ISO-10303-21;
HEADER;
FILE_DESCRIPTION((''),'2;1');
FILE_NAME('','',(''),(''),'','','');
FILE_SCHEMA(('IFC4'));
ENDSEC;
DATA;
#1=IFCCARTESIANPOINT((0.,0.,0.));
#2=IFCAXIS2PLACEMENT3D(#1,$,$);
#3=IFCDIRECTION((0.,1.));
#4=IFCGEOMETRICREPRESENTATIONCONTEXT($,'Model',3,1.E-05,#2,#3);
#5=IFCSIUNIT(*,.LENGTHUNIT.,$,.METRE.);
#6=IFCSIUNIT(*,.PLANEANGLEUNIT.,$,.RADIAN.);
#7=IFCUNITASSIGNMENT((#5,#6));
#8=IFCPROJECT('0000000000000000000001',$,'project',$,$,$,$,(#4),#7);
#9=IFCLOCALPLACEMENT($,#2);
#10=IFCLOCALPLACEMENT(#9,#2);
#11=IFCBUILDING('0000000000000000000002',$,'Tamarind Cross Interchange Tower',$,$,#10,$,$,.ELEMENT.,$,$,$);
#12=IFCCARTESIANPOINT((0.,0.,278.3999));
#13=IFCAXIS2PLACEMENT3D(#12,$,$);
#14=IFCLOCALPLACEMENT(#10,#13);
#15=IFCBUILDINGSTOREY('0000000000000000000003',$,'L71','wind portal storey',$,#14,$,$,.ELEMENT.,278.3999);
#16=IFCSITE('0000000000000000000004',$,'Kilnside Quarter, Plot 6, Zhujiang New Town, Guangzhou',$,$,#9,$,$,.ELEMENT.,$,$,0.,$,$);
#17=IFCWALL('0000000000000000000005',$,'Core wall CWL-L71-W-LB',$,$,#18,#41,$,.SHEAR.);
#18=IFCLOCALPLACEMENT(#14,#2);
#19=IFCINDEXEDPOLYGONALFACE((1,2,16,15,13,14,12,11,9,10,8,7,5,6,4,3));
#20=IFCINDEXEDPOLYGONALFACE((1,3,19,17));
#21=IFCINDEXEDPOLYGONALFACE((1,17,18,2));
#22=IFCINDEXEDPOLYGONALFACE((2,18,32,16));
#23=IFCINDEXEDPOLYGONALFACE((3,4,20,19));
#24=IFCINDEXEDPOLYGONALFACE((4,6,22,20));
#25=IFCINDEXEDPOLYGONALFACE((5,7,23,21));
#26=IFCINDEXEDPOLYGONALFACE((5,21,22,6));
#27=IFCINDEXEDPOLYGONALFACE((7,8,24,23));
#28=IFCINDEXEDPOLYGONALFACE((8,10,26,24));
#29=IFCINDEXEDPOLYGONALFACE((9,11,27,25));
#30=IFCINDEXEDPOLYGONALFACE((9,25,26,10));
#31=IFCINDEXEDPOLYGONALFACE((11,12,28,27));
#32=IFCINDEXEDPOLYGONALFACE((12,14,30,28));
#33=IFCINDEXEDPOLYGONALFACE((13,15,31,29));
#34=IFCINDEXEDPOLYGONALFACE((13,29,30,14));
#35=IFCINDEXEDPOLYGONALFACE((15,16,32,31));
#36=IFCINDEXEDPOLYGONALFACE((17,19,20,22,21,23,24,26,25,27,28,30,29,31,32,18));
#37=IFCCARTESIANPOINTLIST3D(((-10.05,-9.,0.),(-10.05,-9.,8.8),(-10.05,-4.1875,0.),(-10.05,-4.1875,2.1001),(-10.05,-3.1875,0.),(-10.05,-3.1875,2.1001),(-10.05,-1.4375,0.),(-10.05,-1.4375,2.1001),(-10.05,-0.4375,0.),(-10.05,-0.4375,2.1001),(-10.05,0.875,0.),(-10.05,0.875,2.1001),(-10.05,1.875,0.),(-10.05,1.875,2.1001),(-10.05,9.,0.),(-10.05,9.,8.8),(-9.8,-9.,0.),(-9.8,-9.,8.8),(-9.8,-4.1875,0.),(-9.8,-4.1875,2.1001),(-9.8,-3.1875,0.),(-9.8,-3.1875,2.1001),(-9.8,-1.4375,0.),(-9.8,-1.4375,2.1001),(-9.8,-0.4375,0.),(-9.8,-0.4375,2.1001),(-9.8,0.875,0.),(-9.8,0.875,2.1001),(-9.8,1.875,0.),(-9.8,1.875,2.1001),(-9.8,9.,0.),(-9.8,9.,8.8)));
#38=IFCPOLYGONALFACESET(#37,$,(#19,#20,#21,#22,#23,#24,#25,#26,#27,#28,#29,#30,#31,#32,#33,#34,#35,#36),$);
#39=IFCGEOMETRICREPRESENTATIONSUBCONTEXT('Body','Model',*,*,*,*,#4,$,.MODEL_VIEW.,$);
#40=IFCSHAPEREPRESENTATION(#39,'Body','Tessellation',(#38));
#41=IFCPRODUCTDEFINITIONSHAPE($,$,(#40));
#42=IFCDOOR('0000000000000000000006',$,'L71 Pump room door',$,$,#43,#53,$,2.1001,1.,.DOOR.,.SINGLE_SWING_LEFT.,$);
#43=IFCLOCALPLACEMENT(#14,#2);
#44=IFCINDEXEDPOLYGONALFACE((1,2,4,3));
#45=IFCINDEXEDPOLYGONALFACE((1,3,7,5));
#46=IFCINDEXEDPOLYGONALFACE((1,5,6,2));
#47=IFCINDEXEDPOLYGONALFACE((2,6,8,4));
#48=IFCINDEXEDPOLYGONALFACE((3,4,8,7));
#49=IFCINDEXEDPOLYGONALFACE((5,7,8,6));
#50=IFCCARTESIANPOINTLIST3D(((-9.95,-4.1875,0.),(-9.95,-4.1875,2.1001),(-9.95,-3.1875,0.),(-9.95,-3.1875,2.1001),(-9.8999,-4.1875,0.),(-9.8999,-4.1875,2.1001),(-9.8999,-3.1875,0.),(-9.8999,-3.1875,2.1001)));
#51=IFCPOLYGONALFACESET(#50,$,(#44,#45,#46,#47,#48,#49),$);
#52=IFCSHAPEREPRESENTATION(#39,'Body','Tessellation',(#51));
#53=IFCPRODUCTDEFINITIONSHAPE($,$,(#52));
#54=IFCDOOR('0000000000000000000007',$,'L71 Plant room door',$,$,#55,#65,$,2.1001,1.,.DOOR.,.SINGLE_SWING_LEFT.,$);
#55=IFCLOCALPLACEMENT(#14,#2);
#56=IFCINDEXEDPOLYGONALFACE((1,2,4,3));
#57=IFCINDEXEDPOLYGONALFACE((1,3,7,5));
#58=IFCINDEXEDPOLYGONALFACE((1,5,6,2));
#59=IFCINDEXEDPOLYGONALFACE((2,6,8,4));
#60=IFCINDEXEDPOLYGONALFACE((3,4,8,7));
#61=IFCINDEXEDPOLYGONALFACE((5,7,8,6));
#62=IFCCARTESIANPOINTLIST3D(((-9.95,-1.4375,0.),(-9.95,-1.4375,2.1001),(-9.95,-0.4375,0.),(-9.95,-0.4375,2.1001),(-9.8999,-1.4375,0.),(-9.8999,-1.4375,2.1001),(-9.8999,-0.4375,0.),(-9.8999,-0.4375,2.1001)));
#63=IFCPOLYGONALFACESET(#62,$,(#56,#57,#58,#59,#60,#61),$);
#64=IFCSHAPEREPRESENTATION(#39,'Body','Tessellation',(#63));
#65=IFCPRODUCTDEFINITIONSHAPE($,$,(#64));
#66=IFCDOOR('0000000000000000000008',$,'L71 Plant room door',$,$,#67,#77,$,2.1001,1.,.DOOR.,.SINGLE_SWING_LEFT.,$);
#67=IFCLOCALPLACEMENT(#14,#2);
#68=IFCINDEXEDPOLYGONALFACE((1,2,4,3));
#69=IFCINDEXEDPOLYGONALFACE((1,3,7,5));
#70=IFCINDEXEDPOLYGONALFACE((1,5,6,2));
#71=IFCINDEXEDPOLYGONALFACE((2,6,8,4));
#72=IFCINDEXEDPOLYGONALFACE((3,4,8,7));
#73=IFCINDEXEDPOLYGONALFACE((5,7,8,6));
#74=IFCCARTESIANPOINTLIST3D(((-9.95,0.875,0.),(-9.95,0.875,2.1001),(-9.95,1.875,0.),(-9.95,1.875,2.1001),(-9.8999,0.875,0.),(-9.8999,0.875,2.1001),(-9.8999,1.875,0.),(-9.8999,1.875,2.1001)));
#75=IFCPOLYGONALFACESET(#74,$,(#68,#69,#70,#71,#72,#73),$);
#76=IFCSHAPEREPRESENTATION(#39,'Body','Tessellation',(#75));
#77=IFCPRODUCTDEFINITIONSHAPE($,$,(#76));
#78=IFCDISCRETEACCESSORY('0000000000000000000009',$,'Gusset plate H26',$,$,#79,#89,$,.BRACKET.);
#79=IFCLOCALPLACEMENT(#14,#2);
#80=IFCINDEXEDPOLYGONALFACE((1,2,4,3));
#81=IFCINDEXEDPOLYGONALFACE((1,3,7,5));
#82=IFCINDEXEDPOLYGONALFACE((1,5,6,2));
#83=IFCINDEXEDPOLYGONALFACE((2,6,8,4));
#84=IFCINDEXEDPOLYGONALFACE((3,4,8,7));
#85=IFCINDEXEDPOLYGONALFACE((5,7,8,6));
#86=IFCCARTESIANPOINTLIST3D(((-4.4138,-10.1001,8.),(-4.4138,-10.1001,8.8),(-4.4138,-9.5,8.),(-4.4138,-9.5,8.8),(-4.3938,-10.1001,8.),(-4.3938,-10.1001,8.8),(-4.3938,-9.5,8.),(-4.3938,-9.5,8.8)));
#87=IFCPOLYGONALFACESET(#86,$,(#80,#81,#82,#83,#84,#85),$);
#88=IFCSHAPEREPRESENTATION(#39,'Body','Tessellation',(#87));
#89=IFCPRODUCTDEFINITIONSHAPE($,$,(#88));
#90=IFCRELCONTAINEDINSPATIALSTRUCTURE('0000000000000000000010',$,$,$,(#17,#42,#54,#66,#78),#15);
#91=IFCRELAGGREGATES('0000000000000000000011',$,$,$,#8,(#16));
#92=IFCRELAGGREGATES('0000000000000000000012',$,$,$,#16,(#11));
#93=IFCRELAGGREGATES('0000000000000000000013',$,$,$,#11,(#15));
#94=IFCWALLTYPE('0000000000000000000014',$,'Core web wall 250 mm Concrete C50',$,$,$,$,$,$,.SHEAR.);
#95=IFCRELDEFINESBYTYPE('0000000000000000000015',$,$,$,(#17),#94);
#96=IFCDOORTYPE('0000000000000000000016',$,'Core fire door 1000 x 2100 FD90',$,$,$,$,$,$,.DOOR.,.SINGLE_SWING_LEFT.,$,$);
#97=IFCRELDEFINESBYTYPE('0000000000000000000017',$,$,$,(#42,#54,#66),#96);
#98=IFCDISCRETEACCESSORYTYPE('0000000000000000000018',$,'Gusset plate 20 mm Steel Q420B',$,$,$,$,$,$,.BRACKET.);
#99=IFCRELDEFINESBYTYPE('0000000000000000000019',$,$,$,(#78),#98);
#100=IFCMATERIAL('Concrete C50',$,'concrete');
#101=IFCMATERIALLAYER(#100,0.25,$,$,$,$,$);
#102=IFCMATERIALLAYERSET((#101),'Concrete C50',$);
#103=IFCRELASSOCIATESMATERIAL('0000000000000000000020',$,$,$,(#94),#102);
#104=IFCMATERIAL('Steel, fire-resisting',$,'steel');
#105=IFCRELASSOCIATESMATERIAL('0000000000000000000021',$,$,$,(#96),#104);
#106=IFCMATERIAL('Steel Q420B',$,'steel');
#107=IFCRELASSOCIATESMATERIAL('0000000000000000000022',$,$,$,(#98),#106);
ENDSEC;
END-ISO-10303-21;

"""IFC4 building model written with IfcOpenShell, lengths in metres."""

from ifc_helpers import new_model, si_unit, direction, frame, frame_2d, origin, origin_2d, place, context, subcontext, project, spatial, rectangle, extrude, material, layer, layer_set, type_object, element, fill, save


model = new_model("IFC4")

# Units and contexts
model_context = context("Model", 3, precision=1e-05, world=origin(), true_north=direction((0.0, 1.0)))
body_context = subcontext(model_context, "Body", "Model", "MODEL_VIEW")
ifc_project = project(units=[si_unit("LENGTHUNIT", "METRE"), si_unit("PLANEANGLEUNIT", "RADIAN")], contexts=[model_context])

# Site, building, storey
site_placement = place(None, origin())
site = spatial("IfcSite", under=ifc_project, at=site_placement, Name="Kilnside Quarter, Plot 6, Zhujiang New Town, Guangzhou", CompositionType="ELEMENT", RefElevation=0.0)
building_placement = place(site_placement, origin())
building = spatial("IfcBuilding", under=site, at=building_placement, Name="Tamarind Cross Interchange Tower", CompositionType="ELEMENT")
storey_placement = place(building_placement, frame((0.0, 0.0, 278.3999)))
storey = spatial("IfcBuildingStorey", under=building, at=storey_placement, Name="L71", Description="wind portal storey", CompositionType="ELEMENT", Elevation=278.3999)

# Shared definitions
ifc_material_1 = material(Name="Steel Q420B", Category="steel")

# Shared definitions
ifc_material_2 = material(Name="Concrete C50", Category="concrete")
ifc_layer = layer(ifc_material_2, 0.25)
ifc_layer_set = layer_set([ifc_layer], Name="Concrete C50")
wall_type = type_object("IfcWallType", Name="Core web wall 250 mm Concrete C50", PredefinedType="SHEAR", material=ifc_layer_set)

# Wall, openings, doors
wall_1_placement = place(storey_placement, frame((-9.925, -9.0, 0.0), z_axis=(0.0, 0.0, 1.0), x_axis=(0.0, 1.0, 0.0)))
wall_1 = element("IfcWall", 1, at=wall_1_placement, inside=storey, type_object=wall_type, Name="Core wall CWL-L71-W-LB", PredefinedType="SHEAR", context=body_context, shape_type="SweptSolid", body=[
    extrude(rectangle(XDim=18.0, YDim=0.25, at=frame_2d((9.0, 0.0))), origin(), (0.0, 0.0, 1.0), 8.8),
])
opening_1_placement = place(wall_1_placement, frame((4.8125, 0.0, 0.0)))
opening_1 = element("IfcOpeningElement", 2, at=opening_1_placement, cuts=wall_1, PredefinedType="OPENING", context=body_context, shape_type="SweptSolid", body=[
    extrude(rectangle(XDim=1.0, YDim=2.1001, at=frame_2d((0.5, 1.05))), frame((0.0, 0.135, 0.0), z_axis=(0.0, -1.0, 0.0), x_axis=(1.0, 0.0, 0.0)), (0.0, 0.0, 1.0), 0.27),
])
opening_2_placement = place(wall_1_placement, frame((7.5625, 0.0, 0.0)))
opening_2 = element("IfcOpeningElement", 3, at=opening_2_placement, cuts=wall_1, PredefinedType="OPENING", context=body_context, shape_type="SweptSolid", body=[
    extrude(rectangle(XDim=1.0, YDim=2.1001, at=frame_2d((0.5, 1.05))), frame((0.0, 0.135, 0.0), z_axis=(0.0, -1.0, 0.0), x_axis=(1.0, 0.0, 0.0)), (0.0, 0.0, 1.0), 0.27),
])
opening_3_placement = place(wall_1_placement, frame((9.875, 0.0, 0.0)))
opening_3 = element("IfcOpeningElement", 4, at=opening_3_placement, cuts=wall_1, PredefinedType="OPENING", context=body_context, shape_type="SweptSolid", body=[
    extrude(rectangle(XDim=1.0, YDim=2.1001, at=frame_2d((0.5, 1.05))), frame((0.0, 0.135, 0.0), z_axis=(0.0, -1.0, 0.0), x_axis=(1.0, 0.0, 0.0)), (0.0, 0.0, 1.0), 0.27),
])
ifc_material_3 = material(Name="Steel, fire-resisting", Category="steel")
door_type = type_object("IfcDoorType", Name="Core fire door 1000 x 2100 FD90", OperationType="SINGLE_SWING_LEFT", PredefinedType="DOOR", material=ifc_material_3)
door_1_placement = place(opening_1_placement, origin())
door_1 = element("IfcDoor", 5, at=door_1_placement, inside=storey, type_object=door_type, Name="L71 Pump room door", OperationType="SINGLE_SWING_LEFT", OverallHeight=2.1001, OverallWidth=1.0, PredefinedType="DOOR", context=body_context, shape_type="SweptSolid", body=[
    extrude(rectangle(XDim=1.0, YDim=2.1001, at=frame_2d((0.5, 1.05))), frame((0.0, 0.0249, 0.0), z_axis=(0.0, -1.0, 0.0), x_axis=(1.0, 0.0, 0.0)), (0.0, 0.0, 1.0), 0.05),
])
fill(opening_1, door_1)
door_2_placement = place(opening_2_placement, origin())
door_2 = element("IfcDoor", 6, at=door_2_placement, inside=storey, type_object=door_type, Name="L71 Plant room door", OperationType="SINGLE_SWING_LEFT", OverallHeight=2.1001, OverallWidth=1.0, PredefinedType="DOOR", context=body_context, shape_type="SweptSolid", body=[
    extrude(rectangle(XDim=1.0, YDim=2.1001, at=frame_2d((0.5, 1.05))), frame((0.0, 0.0249, 0.0), z_axis=(0.0, -1.0, 0.0), x_axis=(1.0, 0.0, 0.0)), (0.0, 0.0, 1.0), 0.05),
])
fill(opening_2, door_2)
door_3_placement = place(opening_3_placement, origin())
door_3 = element("IfcDoor", 7, at=door_3_placement, inside=storey, type_object=door_type, Name="L71 Plant room door", OperationType="SINGLE_SWING_LEFT", OverallHeight=2.1001, OverallWidth=1.0, PredefinedType="DOOR", context=body_context, shape_type="SweptSolid", body=[
    extrude(rectangle(XDim=1.0, YDim=2.1001, at=frame_2d((0.5, 1.05))), frame((0.0, 0.0249, 0.0), z_axis=(0.0, -1.0, 0.0), x_axis=(1.0, 0.0, 0.0)), (0.0, 0.0, 1.0), 0.05),
])
fill(opening_3, door_3)

# Discrete accessory
discrete_accessory_type = type_object("IfcDiscreteAccessoryType", Name="Gusset plate 20 mm Steel Q420B", PredefinedType="BRACKET", material=ifc_material_1)
discrete_accessory_placement = place(storey_placement, frame((-4.4038, -9.8, 8.0), z_axis=(0.0, 0.0, 1.0), x_axis=(1.0, 0.0, 0.0)))
element("IfcDiscreteAccessory", 8, at=discrete_accessory_placement, inside=storey, type_object=discrete_accessory_type, Name="Gusset plate H26", PredefinedType="BRACKET", context=body_context, shape_type="SweptSolid", body=[
    extrude(rectangle(XDim=0.02, YDim=0.6001, at=origin_2d()), origin(), (0.0, 0.0, 1.0), 0.8),
])

save(model, "model.ifc")
